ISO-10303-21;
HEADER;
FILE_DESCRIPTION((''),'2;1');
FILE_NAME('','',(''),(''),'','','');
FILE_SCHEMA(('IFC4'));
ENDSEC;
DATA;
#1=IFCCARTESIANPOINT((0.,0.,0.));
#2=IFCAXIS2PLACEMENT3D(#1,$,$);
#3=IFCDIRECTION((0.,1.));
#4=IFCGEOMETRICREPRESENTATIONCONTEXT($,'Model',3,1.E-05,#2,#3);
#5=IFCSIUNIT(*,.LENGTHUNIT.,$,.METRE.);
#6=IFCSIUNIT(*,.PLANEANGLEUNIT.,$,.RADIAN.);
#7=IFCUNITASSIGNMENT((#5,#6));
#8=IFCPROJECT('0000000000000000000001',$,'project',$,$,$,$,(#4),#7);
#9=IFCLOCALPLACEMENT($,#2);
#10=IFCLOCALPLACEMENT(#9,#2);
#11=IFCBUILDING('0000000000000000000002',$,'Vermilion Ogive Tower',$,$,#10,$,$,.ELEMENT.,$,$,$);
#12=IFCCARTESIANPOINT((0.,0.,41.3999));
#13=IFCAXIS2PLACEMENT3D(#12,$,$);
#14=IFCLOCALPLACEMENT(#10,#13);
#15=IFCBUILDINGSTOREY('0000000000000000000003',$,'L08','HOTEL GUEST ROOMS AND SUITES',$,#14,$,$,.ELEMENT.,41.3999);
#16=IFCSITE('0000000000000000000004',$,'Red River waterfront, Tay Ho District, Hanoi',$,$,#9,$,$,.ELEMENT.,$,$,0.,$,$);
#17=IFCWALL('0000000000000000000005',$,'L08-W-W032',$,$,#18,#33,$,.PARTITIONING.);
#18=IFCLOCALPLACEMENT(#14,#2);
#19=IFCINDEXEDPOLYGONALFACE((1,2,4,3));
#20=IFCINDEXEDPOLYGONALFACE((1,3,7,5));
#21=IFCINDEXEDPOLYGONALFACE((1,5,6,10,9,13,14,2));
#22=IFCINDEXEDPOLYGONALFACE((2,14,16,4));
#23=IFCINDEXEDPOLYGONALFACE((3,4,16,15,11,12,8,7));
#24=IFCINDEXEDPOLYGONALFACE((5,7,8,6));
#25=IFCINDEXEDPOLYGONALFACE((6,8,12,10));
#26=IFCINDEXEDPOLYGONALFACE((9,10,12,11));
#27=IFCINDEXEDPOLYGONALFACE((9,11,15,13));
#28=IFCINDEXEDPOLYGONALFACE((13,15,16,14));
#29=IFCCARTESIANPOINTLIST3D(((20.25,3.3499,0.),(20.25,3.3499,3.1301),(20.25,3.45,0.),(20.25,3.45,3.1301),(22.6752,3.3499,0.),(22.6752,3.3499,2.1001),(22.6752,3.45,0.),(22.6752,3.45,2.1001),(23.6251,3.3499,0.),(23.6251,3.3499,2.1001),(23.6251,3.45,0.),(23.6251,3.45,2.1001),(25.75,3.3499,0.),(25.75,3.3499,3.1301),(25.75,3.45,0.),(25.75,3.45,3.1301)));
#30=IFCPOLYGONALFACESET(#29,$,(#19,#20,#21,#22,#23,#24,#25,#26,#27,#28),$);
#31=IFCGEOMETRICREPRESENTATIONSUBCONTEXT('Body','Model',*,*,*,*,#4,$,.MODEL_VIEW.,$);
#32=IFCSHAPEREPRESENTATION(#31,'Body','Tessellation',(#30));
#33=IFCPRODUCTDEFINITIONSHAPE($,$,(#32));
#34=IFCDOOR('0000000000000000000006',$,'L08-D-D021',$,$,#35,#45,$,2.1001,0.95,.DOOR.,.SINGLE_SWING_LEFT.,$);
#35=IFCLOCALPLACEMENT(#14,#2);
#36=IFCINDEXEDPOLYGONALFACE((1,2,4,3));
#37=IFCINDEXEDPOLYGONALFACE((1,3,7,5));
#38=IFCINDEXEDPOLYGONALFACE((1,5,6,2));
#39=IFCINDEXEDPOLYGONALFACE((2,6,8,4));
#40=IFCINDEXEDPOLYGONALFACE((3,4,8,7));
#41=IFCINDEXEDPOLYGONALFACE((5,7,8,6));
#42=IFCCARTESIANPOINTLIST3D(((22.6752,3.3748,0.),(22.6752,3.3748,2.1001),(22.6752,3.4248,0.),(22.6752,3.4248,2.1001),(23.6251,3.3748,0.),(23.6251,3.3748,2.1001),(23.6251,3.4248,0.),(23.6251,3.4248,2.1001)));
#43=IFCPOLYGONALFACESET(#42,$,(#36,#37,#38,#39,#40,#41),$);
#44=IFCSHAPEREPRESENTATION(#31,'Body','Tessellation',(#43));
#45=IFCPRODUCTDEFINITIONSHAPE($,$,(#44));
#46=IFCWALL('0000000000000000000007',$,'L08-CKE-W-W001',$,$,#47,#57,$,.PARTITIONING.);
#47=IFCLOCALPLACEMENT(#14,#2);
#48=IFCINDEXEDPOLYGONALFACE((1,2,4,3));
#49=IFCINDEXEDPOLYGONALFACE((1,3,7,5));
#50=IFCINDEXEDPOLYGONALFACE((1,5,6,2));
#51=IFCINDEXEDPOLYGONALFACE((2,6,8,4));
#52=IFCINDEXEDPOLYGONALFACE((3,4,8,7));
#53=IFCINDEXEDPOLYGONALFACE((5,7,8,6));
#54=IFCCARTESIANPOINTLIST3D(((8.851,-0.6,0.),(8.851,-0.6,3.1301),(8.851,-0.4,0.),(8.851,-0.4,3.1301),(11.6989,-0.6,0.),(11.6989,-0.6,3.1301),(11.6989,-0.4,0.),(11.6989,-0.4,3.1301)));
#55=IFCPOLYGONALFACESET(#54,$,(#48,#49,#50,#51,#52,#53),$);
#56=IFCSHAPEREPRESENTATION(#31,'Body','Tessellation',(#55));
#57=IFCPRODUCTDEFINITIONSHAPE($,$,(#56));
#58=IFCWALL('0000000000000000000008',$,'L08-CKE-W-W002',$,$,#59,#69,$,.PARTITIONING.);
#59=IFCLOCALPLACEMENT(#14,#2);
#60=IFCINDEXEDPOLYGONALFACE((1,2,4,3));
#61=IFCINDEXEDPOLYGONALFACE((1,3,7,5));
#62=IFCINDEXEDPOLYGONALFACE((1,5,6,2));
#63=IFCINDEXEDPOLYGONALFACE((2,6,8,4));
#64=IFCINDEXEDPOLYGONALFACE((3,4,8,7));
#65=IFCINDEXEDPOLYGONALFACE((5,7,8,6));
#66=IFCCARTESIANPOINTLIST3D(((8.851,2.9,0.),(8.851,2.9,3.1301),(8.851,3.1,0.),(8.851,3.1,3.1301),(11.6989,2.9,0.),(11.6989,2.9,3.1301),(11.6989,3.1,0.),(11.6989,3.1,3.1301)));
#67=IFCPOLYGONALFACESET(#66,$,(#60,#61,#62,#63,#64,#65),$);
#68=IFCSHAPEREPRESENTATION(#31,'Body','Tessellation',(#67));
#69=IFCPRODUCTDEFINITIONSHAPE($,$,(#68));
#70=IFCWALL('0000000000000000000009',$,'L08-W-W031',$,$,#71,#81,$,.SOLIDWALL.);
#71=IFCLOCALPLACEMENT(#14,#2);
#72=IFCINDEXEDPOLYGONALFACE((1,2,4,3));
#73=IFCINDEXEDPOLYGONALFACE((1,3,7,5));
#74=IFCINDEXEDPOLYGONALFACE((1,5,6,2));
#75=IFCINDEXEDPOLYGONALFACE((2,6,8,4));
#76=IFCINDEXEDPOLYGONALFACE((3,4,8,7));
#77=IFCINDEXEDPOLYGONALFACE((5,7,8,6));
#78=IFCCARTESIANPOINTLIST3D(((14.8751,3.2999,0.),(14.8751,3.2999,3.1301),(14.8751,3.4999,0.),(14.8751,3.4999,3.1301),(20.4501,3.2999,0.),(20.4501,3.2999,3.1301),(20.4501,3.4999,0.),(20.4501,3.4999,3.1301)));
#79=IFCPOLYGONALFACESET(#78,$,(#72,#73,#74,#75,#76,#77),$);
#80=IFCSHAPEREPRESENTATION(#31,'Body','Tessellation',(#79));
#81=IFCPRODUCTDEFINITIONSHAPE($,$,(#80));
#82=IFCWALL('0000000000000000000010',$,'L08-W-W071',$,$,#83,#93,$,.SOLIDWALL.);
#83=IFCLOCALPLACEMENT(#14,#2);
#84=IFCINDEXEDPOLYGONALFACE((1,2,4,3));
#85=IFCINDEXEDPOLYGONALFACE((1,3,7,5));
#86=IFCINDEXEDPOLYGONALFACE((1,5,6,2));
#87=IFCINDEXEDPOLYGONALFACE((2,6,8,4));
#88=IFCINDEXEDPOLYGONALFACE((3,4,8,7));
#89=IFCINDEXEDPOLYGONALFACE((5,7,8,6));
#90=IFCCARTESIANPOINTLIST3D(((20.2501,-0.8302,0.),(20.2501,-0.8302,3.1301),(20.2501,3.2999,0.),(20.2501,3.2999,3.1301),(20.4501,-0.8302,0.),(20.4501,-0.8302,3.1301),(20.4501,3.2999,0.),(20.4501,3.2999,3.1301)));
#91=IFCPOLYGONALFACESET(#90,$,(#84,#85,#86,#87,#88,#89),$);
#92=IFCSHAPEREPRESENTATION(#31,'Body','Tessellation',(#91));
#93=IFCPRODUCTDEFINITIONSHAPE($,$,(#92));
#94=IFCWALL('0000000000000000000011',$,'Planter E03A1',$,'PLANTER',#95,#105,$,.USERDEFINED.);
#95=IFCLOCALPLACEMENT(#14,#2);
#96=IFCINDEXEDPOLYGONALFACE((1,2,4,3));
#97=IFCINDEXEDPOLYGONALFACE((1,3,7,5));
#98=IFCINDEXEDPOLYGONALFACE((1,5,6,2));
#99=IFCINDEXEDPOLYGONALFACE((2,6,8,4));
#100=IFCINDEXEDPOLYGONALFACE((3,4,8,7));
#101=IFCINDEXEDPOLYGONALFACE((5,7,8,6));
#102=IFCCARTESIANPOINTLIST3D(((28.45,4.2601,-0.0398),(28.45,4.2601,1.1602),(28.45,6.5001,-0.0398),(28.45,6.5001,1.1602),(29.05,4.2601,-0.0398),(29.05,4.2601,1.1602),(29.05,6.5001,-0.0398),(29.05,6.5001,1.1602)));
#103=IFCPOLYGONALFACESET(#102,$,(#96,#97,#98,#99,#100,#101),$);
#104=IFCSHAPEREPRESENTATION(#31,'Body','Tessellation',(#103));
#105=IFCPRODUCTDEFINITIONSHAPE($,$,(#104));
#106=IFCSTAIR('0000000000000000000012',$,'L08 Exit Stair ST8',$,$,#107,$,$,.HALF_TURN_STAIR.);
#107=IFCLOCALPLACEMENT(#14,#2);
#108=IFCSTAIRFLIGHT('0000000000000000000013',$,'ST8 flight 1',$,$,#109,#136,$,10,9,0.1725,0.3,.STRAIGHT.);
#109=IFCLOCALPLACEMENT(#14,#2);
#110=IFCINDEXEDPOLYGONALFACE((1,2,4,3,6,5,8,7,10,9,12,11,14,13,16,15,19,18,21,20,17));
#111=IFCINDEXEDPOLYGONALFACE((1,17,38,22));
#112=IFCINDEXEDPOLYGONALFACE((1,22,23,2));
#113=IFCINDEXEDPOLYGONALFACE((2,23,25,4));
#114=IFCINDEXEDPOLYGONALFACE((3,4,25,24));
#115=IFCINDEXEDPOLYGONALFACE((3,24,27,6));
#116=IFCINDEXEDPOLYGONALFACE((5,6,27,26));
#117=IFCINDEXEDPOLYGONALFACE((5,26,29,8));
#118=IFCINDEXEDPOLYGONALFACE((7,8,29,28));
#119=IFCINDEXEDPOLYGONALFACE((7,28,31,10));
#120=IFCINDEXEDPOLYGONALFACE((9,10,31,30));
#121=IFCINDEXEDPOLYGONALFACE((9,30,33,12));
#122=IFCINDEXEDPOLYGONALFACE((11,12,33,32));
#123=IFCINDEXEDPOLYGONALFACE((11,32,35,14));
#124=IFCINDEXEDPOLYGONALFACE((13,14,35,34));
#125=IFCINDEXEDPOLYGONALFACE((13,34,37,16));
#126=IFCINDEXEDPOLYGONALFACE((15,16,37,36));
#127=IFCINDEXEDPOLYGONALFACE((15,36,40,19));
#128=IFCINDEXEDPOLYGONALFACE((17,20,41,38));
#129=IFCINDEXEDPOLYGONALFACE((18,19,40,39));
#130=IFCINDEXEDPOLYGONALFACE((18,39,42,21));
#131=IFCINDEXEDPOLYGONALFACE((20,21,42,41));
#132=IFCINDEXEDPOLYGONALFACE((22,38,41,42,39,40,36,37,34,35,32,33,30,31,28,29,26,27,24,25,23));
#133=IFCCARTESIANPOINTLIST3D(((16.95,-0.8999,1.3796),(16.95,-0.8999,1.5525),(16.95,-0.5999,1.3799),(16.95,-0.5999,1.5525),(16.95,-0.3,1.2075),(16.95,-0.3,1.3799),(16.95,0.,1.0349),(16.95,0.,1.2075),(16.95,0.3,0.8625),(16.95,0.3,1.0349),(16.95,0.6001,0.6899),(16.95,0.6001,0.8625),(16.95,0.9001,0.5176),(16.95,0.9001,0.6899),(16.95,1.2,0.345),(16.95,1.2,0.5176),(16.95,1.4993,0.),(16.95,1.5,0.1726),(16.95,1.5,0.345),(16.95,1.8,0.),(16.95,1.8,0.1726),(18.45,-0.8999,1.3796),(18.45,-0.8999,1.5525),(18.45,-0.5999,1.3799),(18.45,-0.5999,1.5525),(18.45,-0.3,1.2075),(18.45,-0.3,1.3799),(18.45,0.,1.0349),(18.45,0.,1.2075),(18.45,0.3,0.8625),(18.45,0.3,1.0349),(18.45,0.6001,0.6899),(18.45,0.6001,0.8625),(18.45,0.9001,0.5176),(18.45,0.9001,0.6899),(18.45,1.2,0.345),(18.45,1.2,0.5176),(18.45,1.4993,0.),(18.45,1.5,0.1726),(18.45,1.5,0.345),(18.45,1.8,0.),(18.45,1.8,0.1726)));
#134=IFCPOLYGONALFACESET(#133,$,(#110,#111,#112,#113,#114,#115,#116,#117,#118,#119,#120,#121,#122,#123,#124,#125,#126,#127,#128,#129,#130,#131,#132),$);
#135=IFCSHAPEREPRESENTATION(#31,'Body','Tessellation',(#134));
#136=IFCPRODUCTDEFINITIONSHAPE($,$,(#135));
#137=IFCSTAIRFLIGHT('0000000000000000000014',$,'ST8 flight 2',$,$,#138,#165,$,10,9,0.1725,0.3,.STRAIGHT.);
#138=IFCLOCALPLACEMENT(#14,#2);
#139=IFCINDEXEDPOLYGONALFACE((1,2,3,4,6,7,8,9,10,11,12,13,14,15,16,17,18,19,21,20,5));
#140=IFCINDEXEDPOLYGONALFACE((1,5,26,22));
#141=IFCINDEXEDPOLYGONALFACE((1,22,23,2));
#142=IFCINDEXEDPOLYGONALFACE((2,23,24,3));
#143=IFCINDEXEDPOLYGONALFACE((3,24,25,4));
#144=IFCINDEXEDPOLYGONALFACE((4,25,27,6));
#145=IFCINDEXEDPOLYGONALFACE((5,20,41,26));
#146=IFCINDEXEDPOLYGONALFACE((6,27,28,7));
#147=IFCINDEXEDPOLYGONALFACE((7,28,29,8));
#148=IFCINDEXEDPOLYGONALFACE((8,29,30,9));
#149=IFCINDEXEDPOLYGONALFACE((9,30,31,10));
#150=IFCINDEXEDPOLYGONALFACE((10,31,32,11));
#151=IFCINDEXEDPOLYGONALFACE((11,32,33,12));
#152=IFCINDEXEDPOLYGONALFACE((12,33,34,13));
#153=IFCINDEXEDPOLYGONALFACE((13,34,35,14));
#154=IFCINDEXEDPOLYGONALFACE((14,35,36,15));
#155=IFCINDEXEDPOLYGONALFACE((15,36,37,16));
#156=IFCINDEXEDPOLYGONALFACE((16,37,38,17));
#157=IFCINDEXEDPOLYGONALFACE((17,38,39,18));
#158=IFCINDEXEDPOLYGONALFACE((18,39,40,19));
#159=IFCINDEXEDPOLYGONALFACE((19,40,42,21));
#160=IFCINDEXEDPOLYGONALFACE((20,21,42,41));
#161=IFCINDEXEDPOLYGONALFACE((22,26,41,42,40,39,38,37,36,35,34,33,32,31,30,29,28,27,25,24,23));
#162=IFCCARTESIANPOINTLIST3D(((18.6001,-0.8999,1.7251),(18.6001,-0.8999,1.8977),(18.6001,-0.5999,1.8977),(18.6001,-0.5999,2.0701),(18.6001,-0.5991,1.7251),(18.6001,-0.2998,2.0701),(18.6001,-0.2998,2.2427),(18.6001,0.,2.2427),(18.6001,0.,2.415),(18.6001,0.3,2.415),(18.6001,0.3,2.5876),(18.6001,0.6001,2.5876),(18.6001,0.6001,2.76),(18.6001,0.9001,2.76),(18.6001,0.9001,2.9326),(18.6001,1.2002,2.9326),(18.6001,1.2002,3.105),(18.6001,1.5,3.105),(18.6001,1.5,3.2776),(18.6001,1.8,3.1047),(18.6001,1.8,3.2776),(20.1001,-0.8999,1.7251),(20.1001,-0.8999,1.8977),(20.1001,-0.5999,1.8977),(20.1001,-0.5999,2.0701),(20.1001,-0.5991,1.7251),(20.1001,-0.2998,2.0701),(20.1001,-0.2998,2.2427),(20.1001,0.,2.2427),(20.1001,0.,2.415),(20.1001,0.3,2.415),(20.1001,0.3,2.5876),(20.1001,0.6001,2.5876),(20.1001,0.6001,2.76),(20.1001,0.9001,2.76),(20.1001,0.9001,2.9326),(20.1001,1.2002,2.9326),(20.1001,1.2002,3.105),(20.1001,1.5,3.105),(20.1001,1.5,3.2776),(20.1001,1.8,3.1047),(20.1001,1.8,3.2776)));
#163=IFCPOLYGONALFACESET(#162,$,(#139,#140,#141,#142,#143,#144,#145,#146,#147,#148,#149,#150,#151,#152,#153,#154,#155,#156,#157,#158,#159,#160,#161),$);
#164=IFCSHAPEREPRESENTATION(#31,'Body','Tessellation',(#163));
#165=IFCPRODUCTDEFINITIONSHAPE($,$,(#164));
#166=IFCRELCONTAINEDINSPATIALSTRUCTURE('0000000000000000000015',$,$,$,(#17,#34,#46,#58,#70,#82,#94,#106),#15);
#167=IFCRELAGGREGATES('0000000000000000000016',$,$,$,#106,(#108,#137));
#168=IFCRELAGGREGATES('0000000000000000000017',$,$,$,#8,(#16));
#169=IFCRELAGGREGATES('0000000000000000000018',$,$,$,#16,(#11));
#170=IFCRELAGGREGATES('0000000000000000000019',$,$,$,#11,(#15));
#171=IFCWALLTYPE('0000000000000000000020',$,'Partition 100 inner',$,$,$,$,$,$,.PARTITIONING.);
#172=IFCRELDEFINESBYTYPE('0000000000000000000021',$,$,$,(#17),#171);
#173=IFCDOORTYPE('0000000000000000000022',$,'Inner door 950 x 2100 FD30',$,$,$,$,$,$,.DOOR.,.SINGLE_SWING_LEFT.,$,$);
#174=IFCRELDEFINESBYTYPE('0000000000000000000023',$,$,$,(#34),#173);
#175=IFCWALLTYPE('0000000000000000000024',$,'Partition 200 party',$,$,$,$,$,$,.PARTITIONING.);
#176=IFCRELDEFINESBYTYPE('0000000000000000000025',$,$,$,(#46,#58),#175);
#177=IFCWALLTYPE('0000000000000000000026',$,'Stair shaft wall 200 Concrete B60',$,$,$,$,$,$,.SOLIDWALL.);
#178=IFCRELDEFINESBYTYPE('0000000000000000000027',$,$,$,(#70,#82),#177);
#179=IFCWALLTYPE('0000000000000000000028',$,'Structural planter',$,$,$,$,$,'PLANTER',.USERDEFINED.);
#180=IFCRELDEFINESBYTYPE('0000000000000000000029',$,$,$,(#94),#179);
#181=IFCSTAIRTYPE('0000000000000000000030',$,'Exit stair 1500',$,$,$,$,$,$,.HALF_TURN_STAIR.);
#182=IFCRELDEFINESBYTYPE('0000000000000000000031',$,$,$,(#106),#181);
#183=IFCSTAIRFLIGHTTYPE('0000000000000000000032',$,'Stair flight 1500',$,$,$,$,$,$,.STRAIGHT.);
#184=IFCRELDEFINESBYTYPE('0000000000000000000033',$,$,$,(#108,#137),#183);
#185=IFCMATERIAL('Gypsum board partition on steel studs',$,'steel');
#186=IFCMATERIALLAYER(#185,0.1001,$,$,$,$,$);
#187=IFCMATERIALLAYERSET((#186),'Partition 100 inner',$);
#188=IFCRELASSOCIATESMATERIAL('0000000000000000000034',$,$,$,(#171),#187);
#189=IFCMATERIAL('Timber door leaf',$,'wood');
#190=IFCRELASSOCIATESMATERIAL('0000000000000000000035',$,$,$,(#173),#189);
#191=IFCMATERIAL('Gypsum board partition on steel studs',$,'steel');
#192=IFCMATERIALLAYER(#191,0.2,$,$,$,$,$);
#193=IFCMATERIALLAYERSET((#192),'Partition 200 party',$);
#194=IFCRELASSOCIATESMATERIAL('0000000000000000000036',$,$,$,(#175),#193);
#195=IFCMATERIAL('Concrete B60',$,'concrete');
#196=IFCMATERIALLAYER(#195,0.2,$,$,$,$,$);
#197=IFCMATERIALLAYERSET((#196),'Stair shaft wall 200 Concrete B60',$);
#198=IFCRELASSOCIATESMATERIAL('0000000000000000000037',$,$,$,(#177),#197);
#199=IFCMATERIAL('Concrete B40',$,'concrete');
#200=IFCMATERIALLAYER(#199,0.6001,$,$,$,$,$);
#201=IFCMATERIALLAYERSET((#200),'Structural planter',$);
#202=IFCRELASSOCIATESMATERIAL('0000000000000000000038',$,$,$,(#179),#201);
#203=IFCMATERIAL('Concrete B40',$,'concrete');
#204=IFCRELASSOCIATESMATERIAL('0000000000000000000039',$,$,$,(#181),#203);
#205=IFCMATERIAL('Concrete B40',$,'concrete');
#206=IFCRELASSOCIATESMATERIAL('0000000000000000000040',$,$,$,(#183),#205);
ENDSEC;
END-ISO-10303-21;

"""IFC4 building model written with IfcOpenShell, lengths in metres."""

from ifc_helpers import new_model, si_unit, direction, frame, frame_2d, origin, place, context, subcontext, project, spatial, polyline, rectangle, outline, extrude, material, layer, layer_set, type_object, element, fill, aggregate, save


model = new_model("IFC4")

# Units and contexts
model_context = context("Model", 3, precision=1e-05, world=origin(), true_north=direction((0.0, 1.0)))
body_context = subcontext(model_context, "Body", "Model", "MODEL_VIEW")
ifc_project = project(units=[si_unit("LENGTHUNIT", "METRE"), si_unit("PLANEANGLEUNIT", "RADIAN")], contexts=[model_context])

# Site, building, storey
site_placement = place(None, origin())
site = spatial("IfcSite", under=ifc_project, at=site_placement, Name="Red River waterfront, Tay Ho District, Hanoi", CompositionType="ELEMENT", RefElevation=0.0)
building_placement = place(site_placement, origin())
building = spatial("IfcBuilding", under=site, at=building_placement, Name="Vermilion Ogive Tower", CompositionType="ELEMENT")
storey_placement = place(building_placement, frame((0.0, 0.0, 41.3999)))
storey = spatial("IfcBuildingStorey", under=building, at=storey_placement, Name="L08", Description="HOTEL GUEST ROOMS AND SUITES", CompositionType="ELEMENT", Elevation=41.3999)

# Wall, opening, door
ifc_material_1 = material(Name="Gypsum board partition on steel studs", Category="steel")
ifc_layer_1 = layer(ifc_material_1, 0.1001)
ifc_layer_set_1 = layer_set([ifc_layer_1], Name="Partition 100 inner")
wall_type_1 = type_object("IfcWallType", Name="Partition 100 inner", PredefinedType="PARTITIONING", material=ifc_layer_set_1)
wall_1_placement = place(storey_placement, frame((20.25, 3.3999, 0.0), z_axis=(0.0, 0.0, 1.0), x_axis=(1.0, 0.0, 0.0)))
wall_1 = element("IfcWall", 1, at=wall_1_placement, inside=storey, type_object=wall_type_1, Name="L08-W-W032", PredefinedType="PARTITIONING", context=body_context, shape_type="SweptSolid", body=[
    extrude(rectangle(XDim=5.5, YDim=0.1001, at=frame_2d((2.75, 0.0))), origin(), (0.0, 0.0, 1.0), 3.1301),
])
opening_1_placement = place(wall_1_placement, frame((2.425, 0.0, 0.0)))
opening_1 = element("IfcOpeningElement", 2, at=opening_1_placement, cuts=wall_1, PredefinedType="OPENING", context=body_context, shape_type="SweptSolid", body=[
    extrude(rectangle(XDim=0.95, YDim=2.1001, at=frame_2d((0.4751, 1.05))), frame((0.0, 0.0601, 0.0), z_axis=(0.0, -1.0, 0.0), x_axis=(1.0, 0.0, 0.0)), (0.0, 0.0, 1.0), 0.1201),
])
ifc_material_2 = material(Name="Timber door leaf", Category="wood")
door_type_1 = type_object("IfcDoorType", Name="Inner door 950 x 2100 FD30", OperationType="SINGLE_SWING_LEFT", PredefinedType="DOOR", material=ifc_material_2)
door_1_placement = place(opening_1_placement, origin())
door_1 = element("IfcDoor", 3, at=door_1_placement, inside=storey, type_object=door_type_1, Name="L08-D-D021", OperationType="SINGLE_SWING_LEFT", OverallHeight=2.1001, OverallWidth=0.95, PredefinedType="DOOR", context=body_context, shape_type="SweptSolid", body=[
    extrude(rectangle(XDim=0.95, YDim=2.1001, at=frame_2d((0.4751, 1.05))), frame((0.0, 0.0249, 0.0), z_axis=(0.0, -1.0, 0.0), x_axis=(1.0, 0.0, 0.0)), (0.0, 0.0, 1.0), 0.05),
])
fill(opening_1, door_1)

# Walls
ifc_material_3 = material(Name="Gypsum board partition on steel studs", Category="steel")
ifc_layer_2 = layer(ifc_material_3, 0.2)
ifc_layer_set_2 = layer_set([ifc_layer_2], Name="Partition 200 party")
wall_type_2 = type_object("IfcWallType", Name="Partition 200 party", PredefinedType="PARTITIONING", material=ifc_layer_set_2)
for number, where, z_axis, x_axis, name in (
    (4, (8.8511, -0.5, 0.0), (0.0, 0.0, 1.0), (1.0, 0.0, 0.0), "L08-CKE-W-W001"),
    (5, (8.8511, 3.0, 0.0), (0.0, 0.0, 1.0), (1.0, 0.0, 0.0), "L08-CKE-W-W002"),
):
    element("IfcWall", number, at=place(storey_placement, frame(where, z_axis=z_axis, x_axis=x_axis)), inside=storey, type_object=wall_type_2, Name=name, PredefinedType="PARTITIONING", context=body_context, shape_type="SweptSolid", body=[
        extrude(rectangle(XDim=2.8479, YDim=0.2, at=frame_2d((1.4238, 0.0))), origin(), (0.0, 0.0, 1.0), 3.1301),
    ])
ifc_material_4 = material(Name="Concrete B60", Category="concrete")
ifc_layer_3 = layer(ifc_material_4, 0.2)
ifc_layer_set_3 = layer_set([ifc_layer_3], Name="Stair shaft wall 200 Concrete B60")
wall_type_3 = type_object("IfcWallType", Name="Stair shaft wall 200 Concrete B60", PredefinedType="SOLIDWALL", material=ifc_layer_set_3)
wall_2_placement = place(storey_placement, frame((14.875, 3.3999, 0.0), z_axis=(0.0, 0.0, 1.0), x_axis=(1.0, 0.0, 0.0)))
element("IfcWall", 6, at=wall_2_placement, inside=storey, type_object=wall_type_3, Name="L08-W-W031", PredefinedType="SOLIDWALL", context=body_context, shape_type="SweptSolid", body=[
    extrude(rectangle(XDim=5.575, YDim=0.2, at=frame_2d((2.7876, 0.0))), origin(), (0.0, 0.0, 1.0), 3.1301),
])
wall_3_placement = place(storey_placement, frame((20.3501, -0.8301, 0.0), z_axis=(0.0, 0.0, 1.0), x_axis=(0.0, 1.0, 0.0)))
element("IfcWall", 7, at=wall_3_placement, inside=storey, type_object=wall_type_3, Name="L08-W-W071", PredefinedType="SOLIDWALL", context=body_context, shape_type="SweptSolid", body=[
    extrude(rectangle(XDim=4.1301, YDim=0.2, at=frame_2d((2.0649, 0.0))), origin(), (0.0, 0.0, 1.0), 3.1301),
])
ifc_material_5 = material(Name="Concrete B40", Category="concrete")
ifc_layer_4 = layer(ifc_material_5, 0.6001)
ifc_layer_set_4 = layer_set([ifc_layer_4], Name="Structural planter")
wall_type_4 = type_object("IfcWallType", Name="Structural planter", ElementType="PLANTER", PredefinedType="USERDEFINED", material=ifc_layer_set_4)
wall_4_placement = place(storey_placement, frame((28.75, 4.26, -0.0398), z_axis=(0.0, 0.0, 1.0), x_axis=(0.0, 1.0, 0.0)))
element("IfcWall", 8, at=wall_4_placement, inside=storey, type_object=wall_type_4, Name="Planter E03A1", ObjectType="PLANTER", PredefinedType="USERDEFINED", context=body_context, shape_type="SweptSolid", body=[
    extrude(rectangle(XDim=2.24, YDim=0.6001, at=frame_2d((1.1201, 0.0))), origin(), (0.0, 0.0, 1.0), 1.2),
])

# Stair, stair flights
ifc_material_6 = material(Name="Concrete B40", Category="concrete")
stair_type = type_object("IfcStairType", Name="Exit stair 1500", PredefinedType="HALF_TURN_STAIR", material=ifc_material_6)
stair_placement = place(storey_placement, origin())
stair = element("IfcStair", 9, at=stair_placement, inside=storey, type_object=stair_type, Name="L08 Exit Stair ST8", PredefinedType="HALF_TURN_STAIR")
ifc_material_7 = material(Name="Concrete B40", Category="concrete")
stair_flight_type = type_object("IfcStairFlightType", Name="Stair flight 1500", PredefinedType="STRAIGHT", material=ifc_material_7)
stair_flight_1_placement = place(storey_placement, frame((17.7, 1.8, 0.0), z_axis=(0.0, 0.0, 1.0), x_axis=(0.0, -1.0, 0.0)))
stair_flight_1 = element("IfcStairFlight", 10, at=stair_flight_1_placement, type_object=stair_flight_type, Name="ST8 flight 1", NumberOfRisers=10, NumberOfTreads=9, PredefinedType="STRAIGHT", RiserHeight=0.1725, TreadLength=0.3, context=body_context, shape_type="SweptSolid", body=[
    extrude(outline(polyline([(0.0, 0.0), (0.0, 0.1726), (0.3, 0.1726), (0.3, 0.345), (0.6001, 0.345), (0.6001, 0.5176), (0.8999, 0.5176), (0.8999, 0.6899), (1.2, 0.6899), (1.2, 0.8625), (1.5, 0.8625), (1.5, 1.0349), (1.8, 1.0349), (1.8, 1.2075), (2.1001, 1.2075), (2.1001, 1.3799), (2.3999, 1.3799), (2.3999, 1.5525), (2.7, 1.5525), (2.7, 1.7251), (2.7, 1.3796), (0.3008, 0.0), (0.0, 0.0)])), frame((0.0, 0.75, 0.0), z_axis=(0.0, -1.0, 0.0), x_axis=(1.0, 0.0, 0.0)), (0.0, 0.0, 1.0), 1.5),
])
stair_flight_2_placement = place(storey_placement, frame((19.3501, -0.8999, 1.7251), z_axis=(0.0, 0.0, 1.0), x_axis=(0.0, 1.0, 0.0)))
stair_flight_2 = element("IfcStairFlight", 11, at=stair_flight_2_placement, type_object=stair_flight_type, Name="ST8 flight 2", NumberOfRisers=10, NumberOfTreads=9, PredefinedType="STRAIGHT", RiserHeight=0.1725, TreadLength=0.3, context=body_context, shape_type="SweptSolid", body=[
    extrude(outline(polyline([(0.0, 0.0), (0.0, 0.1726), (0.3, 0.1726), (0.3, 0.345), (0.6001, 0.345), (0.6001, 0.5176), (0.8999, 0.5176), (0.8999, 0.6899), (1.2, 0.6899), (1.2, 0.8625), (1.5, 0.8625), (1.5, 1.0349), (1.8, 1.0349), (1.8, 1.2075), (2.1001, 1.2075), (2.1001, 1.3799), (2.3999, 1.3799), (2.3999, 1.5525), (2.7, 1.5525), (2.7, 1.7251), (2.7, 1.3796), (0.3008, 0.0), (0.0, 0.0)])), frame((0.0, 0.75, 0.0), z_axis=(0.0, -1.0, 0.0), x_axis=(1.0, 0.0, 0.0)), (0.0, 0.0, 1.0), 1.5),
])
aggregate(stair, [stair_flight_1, stair_flight_2])

save(model, "model.ifc")
